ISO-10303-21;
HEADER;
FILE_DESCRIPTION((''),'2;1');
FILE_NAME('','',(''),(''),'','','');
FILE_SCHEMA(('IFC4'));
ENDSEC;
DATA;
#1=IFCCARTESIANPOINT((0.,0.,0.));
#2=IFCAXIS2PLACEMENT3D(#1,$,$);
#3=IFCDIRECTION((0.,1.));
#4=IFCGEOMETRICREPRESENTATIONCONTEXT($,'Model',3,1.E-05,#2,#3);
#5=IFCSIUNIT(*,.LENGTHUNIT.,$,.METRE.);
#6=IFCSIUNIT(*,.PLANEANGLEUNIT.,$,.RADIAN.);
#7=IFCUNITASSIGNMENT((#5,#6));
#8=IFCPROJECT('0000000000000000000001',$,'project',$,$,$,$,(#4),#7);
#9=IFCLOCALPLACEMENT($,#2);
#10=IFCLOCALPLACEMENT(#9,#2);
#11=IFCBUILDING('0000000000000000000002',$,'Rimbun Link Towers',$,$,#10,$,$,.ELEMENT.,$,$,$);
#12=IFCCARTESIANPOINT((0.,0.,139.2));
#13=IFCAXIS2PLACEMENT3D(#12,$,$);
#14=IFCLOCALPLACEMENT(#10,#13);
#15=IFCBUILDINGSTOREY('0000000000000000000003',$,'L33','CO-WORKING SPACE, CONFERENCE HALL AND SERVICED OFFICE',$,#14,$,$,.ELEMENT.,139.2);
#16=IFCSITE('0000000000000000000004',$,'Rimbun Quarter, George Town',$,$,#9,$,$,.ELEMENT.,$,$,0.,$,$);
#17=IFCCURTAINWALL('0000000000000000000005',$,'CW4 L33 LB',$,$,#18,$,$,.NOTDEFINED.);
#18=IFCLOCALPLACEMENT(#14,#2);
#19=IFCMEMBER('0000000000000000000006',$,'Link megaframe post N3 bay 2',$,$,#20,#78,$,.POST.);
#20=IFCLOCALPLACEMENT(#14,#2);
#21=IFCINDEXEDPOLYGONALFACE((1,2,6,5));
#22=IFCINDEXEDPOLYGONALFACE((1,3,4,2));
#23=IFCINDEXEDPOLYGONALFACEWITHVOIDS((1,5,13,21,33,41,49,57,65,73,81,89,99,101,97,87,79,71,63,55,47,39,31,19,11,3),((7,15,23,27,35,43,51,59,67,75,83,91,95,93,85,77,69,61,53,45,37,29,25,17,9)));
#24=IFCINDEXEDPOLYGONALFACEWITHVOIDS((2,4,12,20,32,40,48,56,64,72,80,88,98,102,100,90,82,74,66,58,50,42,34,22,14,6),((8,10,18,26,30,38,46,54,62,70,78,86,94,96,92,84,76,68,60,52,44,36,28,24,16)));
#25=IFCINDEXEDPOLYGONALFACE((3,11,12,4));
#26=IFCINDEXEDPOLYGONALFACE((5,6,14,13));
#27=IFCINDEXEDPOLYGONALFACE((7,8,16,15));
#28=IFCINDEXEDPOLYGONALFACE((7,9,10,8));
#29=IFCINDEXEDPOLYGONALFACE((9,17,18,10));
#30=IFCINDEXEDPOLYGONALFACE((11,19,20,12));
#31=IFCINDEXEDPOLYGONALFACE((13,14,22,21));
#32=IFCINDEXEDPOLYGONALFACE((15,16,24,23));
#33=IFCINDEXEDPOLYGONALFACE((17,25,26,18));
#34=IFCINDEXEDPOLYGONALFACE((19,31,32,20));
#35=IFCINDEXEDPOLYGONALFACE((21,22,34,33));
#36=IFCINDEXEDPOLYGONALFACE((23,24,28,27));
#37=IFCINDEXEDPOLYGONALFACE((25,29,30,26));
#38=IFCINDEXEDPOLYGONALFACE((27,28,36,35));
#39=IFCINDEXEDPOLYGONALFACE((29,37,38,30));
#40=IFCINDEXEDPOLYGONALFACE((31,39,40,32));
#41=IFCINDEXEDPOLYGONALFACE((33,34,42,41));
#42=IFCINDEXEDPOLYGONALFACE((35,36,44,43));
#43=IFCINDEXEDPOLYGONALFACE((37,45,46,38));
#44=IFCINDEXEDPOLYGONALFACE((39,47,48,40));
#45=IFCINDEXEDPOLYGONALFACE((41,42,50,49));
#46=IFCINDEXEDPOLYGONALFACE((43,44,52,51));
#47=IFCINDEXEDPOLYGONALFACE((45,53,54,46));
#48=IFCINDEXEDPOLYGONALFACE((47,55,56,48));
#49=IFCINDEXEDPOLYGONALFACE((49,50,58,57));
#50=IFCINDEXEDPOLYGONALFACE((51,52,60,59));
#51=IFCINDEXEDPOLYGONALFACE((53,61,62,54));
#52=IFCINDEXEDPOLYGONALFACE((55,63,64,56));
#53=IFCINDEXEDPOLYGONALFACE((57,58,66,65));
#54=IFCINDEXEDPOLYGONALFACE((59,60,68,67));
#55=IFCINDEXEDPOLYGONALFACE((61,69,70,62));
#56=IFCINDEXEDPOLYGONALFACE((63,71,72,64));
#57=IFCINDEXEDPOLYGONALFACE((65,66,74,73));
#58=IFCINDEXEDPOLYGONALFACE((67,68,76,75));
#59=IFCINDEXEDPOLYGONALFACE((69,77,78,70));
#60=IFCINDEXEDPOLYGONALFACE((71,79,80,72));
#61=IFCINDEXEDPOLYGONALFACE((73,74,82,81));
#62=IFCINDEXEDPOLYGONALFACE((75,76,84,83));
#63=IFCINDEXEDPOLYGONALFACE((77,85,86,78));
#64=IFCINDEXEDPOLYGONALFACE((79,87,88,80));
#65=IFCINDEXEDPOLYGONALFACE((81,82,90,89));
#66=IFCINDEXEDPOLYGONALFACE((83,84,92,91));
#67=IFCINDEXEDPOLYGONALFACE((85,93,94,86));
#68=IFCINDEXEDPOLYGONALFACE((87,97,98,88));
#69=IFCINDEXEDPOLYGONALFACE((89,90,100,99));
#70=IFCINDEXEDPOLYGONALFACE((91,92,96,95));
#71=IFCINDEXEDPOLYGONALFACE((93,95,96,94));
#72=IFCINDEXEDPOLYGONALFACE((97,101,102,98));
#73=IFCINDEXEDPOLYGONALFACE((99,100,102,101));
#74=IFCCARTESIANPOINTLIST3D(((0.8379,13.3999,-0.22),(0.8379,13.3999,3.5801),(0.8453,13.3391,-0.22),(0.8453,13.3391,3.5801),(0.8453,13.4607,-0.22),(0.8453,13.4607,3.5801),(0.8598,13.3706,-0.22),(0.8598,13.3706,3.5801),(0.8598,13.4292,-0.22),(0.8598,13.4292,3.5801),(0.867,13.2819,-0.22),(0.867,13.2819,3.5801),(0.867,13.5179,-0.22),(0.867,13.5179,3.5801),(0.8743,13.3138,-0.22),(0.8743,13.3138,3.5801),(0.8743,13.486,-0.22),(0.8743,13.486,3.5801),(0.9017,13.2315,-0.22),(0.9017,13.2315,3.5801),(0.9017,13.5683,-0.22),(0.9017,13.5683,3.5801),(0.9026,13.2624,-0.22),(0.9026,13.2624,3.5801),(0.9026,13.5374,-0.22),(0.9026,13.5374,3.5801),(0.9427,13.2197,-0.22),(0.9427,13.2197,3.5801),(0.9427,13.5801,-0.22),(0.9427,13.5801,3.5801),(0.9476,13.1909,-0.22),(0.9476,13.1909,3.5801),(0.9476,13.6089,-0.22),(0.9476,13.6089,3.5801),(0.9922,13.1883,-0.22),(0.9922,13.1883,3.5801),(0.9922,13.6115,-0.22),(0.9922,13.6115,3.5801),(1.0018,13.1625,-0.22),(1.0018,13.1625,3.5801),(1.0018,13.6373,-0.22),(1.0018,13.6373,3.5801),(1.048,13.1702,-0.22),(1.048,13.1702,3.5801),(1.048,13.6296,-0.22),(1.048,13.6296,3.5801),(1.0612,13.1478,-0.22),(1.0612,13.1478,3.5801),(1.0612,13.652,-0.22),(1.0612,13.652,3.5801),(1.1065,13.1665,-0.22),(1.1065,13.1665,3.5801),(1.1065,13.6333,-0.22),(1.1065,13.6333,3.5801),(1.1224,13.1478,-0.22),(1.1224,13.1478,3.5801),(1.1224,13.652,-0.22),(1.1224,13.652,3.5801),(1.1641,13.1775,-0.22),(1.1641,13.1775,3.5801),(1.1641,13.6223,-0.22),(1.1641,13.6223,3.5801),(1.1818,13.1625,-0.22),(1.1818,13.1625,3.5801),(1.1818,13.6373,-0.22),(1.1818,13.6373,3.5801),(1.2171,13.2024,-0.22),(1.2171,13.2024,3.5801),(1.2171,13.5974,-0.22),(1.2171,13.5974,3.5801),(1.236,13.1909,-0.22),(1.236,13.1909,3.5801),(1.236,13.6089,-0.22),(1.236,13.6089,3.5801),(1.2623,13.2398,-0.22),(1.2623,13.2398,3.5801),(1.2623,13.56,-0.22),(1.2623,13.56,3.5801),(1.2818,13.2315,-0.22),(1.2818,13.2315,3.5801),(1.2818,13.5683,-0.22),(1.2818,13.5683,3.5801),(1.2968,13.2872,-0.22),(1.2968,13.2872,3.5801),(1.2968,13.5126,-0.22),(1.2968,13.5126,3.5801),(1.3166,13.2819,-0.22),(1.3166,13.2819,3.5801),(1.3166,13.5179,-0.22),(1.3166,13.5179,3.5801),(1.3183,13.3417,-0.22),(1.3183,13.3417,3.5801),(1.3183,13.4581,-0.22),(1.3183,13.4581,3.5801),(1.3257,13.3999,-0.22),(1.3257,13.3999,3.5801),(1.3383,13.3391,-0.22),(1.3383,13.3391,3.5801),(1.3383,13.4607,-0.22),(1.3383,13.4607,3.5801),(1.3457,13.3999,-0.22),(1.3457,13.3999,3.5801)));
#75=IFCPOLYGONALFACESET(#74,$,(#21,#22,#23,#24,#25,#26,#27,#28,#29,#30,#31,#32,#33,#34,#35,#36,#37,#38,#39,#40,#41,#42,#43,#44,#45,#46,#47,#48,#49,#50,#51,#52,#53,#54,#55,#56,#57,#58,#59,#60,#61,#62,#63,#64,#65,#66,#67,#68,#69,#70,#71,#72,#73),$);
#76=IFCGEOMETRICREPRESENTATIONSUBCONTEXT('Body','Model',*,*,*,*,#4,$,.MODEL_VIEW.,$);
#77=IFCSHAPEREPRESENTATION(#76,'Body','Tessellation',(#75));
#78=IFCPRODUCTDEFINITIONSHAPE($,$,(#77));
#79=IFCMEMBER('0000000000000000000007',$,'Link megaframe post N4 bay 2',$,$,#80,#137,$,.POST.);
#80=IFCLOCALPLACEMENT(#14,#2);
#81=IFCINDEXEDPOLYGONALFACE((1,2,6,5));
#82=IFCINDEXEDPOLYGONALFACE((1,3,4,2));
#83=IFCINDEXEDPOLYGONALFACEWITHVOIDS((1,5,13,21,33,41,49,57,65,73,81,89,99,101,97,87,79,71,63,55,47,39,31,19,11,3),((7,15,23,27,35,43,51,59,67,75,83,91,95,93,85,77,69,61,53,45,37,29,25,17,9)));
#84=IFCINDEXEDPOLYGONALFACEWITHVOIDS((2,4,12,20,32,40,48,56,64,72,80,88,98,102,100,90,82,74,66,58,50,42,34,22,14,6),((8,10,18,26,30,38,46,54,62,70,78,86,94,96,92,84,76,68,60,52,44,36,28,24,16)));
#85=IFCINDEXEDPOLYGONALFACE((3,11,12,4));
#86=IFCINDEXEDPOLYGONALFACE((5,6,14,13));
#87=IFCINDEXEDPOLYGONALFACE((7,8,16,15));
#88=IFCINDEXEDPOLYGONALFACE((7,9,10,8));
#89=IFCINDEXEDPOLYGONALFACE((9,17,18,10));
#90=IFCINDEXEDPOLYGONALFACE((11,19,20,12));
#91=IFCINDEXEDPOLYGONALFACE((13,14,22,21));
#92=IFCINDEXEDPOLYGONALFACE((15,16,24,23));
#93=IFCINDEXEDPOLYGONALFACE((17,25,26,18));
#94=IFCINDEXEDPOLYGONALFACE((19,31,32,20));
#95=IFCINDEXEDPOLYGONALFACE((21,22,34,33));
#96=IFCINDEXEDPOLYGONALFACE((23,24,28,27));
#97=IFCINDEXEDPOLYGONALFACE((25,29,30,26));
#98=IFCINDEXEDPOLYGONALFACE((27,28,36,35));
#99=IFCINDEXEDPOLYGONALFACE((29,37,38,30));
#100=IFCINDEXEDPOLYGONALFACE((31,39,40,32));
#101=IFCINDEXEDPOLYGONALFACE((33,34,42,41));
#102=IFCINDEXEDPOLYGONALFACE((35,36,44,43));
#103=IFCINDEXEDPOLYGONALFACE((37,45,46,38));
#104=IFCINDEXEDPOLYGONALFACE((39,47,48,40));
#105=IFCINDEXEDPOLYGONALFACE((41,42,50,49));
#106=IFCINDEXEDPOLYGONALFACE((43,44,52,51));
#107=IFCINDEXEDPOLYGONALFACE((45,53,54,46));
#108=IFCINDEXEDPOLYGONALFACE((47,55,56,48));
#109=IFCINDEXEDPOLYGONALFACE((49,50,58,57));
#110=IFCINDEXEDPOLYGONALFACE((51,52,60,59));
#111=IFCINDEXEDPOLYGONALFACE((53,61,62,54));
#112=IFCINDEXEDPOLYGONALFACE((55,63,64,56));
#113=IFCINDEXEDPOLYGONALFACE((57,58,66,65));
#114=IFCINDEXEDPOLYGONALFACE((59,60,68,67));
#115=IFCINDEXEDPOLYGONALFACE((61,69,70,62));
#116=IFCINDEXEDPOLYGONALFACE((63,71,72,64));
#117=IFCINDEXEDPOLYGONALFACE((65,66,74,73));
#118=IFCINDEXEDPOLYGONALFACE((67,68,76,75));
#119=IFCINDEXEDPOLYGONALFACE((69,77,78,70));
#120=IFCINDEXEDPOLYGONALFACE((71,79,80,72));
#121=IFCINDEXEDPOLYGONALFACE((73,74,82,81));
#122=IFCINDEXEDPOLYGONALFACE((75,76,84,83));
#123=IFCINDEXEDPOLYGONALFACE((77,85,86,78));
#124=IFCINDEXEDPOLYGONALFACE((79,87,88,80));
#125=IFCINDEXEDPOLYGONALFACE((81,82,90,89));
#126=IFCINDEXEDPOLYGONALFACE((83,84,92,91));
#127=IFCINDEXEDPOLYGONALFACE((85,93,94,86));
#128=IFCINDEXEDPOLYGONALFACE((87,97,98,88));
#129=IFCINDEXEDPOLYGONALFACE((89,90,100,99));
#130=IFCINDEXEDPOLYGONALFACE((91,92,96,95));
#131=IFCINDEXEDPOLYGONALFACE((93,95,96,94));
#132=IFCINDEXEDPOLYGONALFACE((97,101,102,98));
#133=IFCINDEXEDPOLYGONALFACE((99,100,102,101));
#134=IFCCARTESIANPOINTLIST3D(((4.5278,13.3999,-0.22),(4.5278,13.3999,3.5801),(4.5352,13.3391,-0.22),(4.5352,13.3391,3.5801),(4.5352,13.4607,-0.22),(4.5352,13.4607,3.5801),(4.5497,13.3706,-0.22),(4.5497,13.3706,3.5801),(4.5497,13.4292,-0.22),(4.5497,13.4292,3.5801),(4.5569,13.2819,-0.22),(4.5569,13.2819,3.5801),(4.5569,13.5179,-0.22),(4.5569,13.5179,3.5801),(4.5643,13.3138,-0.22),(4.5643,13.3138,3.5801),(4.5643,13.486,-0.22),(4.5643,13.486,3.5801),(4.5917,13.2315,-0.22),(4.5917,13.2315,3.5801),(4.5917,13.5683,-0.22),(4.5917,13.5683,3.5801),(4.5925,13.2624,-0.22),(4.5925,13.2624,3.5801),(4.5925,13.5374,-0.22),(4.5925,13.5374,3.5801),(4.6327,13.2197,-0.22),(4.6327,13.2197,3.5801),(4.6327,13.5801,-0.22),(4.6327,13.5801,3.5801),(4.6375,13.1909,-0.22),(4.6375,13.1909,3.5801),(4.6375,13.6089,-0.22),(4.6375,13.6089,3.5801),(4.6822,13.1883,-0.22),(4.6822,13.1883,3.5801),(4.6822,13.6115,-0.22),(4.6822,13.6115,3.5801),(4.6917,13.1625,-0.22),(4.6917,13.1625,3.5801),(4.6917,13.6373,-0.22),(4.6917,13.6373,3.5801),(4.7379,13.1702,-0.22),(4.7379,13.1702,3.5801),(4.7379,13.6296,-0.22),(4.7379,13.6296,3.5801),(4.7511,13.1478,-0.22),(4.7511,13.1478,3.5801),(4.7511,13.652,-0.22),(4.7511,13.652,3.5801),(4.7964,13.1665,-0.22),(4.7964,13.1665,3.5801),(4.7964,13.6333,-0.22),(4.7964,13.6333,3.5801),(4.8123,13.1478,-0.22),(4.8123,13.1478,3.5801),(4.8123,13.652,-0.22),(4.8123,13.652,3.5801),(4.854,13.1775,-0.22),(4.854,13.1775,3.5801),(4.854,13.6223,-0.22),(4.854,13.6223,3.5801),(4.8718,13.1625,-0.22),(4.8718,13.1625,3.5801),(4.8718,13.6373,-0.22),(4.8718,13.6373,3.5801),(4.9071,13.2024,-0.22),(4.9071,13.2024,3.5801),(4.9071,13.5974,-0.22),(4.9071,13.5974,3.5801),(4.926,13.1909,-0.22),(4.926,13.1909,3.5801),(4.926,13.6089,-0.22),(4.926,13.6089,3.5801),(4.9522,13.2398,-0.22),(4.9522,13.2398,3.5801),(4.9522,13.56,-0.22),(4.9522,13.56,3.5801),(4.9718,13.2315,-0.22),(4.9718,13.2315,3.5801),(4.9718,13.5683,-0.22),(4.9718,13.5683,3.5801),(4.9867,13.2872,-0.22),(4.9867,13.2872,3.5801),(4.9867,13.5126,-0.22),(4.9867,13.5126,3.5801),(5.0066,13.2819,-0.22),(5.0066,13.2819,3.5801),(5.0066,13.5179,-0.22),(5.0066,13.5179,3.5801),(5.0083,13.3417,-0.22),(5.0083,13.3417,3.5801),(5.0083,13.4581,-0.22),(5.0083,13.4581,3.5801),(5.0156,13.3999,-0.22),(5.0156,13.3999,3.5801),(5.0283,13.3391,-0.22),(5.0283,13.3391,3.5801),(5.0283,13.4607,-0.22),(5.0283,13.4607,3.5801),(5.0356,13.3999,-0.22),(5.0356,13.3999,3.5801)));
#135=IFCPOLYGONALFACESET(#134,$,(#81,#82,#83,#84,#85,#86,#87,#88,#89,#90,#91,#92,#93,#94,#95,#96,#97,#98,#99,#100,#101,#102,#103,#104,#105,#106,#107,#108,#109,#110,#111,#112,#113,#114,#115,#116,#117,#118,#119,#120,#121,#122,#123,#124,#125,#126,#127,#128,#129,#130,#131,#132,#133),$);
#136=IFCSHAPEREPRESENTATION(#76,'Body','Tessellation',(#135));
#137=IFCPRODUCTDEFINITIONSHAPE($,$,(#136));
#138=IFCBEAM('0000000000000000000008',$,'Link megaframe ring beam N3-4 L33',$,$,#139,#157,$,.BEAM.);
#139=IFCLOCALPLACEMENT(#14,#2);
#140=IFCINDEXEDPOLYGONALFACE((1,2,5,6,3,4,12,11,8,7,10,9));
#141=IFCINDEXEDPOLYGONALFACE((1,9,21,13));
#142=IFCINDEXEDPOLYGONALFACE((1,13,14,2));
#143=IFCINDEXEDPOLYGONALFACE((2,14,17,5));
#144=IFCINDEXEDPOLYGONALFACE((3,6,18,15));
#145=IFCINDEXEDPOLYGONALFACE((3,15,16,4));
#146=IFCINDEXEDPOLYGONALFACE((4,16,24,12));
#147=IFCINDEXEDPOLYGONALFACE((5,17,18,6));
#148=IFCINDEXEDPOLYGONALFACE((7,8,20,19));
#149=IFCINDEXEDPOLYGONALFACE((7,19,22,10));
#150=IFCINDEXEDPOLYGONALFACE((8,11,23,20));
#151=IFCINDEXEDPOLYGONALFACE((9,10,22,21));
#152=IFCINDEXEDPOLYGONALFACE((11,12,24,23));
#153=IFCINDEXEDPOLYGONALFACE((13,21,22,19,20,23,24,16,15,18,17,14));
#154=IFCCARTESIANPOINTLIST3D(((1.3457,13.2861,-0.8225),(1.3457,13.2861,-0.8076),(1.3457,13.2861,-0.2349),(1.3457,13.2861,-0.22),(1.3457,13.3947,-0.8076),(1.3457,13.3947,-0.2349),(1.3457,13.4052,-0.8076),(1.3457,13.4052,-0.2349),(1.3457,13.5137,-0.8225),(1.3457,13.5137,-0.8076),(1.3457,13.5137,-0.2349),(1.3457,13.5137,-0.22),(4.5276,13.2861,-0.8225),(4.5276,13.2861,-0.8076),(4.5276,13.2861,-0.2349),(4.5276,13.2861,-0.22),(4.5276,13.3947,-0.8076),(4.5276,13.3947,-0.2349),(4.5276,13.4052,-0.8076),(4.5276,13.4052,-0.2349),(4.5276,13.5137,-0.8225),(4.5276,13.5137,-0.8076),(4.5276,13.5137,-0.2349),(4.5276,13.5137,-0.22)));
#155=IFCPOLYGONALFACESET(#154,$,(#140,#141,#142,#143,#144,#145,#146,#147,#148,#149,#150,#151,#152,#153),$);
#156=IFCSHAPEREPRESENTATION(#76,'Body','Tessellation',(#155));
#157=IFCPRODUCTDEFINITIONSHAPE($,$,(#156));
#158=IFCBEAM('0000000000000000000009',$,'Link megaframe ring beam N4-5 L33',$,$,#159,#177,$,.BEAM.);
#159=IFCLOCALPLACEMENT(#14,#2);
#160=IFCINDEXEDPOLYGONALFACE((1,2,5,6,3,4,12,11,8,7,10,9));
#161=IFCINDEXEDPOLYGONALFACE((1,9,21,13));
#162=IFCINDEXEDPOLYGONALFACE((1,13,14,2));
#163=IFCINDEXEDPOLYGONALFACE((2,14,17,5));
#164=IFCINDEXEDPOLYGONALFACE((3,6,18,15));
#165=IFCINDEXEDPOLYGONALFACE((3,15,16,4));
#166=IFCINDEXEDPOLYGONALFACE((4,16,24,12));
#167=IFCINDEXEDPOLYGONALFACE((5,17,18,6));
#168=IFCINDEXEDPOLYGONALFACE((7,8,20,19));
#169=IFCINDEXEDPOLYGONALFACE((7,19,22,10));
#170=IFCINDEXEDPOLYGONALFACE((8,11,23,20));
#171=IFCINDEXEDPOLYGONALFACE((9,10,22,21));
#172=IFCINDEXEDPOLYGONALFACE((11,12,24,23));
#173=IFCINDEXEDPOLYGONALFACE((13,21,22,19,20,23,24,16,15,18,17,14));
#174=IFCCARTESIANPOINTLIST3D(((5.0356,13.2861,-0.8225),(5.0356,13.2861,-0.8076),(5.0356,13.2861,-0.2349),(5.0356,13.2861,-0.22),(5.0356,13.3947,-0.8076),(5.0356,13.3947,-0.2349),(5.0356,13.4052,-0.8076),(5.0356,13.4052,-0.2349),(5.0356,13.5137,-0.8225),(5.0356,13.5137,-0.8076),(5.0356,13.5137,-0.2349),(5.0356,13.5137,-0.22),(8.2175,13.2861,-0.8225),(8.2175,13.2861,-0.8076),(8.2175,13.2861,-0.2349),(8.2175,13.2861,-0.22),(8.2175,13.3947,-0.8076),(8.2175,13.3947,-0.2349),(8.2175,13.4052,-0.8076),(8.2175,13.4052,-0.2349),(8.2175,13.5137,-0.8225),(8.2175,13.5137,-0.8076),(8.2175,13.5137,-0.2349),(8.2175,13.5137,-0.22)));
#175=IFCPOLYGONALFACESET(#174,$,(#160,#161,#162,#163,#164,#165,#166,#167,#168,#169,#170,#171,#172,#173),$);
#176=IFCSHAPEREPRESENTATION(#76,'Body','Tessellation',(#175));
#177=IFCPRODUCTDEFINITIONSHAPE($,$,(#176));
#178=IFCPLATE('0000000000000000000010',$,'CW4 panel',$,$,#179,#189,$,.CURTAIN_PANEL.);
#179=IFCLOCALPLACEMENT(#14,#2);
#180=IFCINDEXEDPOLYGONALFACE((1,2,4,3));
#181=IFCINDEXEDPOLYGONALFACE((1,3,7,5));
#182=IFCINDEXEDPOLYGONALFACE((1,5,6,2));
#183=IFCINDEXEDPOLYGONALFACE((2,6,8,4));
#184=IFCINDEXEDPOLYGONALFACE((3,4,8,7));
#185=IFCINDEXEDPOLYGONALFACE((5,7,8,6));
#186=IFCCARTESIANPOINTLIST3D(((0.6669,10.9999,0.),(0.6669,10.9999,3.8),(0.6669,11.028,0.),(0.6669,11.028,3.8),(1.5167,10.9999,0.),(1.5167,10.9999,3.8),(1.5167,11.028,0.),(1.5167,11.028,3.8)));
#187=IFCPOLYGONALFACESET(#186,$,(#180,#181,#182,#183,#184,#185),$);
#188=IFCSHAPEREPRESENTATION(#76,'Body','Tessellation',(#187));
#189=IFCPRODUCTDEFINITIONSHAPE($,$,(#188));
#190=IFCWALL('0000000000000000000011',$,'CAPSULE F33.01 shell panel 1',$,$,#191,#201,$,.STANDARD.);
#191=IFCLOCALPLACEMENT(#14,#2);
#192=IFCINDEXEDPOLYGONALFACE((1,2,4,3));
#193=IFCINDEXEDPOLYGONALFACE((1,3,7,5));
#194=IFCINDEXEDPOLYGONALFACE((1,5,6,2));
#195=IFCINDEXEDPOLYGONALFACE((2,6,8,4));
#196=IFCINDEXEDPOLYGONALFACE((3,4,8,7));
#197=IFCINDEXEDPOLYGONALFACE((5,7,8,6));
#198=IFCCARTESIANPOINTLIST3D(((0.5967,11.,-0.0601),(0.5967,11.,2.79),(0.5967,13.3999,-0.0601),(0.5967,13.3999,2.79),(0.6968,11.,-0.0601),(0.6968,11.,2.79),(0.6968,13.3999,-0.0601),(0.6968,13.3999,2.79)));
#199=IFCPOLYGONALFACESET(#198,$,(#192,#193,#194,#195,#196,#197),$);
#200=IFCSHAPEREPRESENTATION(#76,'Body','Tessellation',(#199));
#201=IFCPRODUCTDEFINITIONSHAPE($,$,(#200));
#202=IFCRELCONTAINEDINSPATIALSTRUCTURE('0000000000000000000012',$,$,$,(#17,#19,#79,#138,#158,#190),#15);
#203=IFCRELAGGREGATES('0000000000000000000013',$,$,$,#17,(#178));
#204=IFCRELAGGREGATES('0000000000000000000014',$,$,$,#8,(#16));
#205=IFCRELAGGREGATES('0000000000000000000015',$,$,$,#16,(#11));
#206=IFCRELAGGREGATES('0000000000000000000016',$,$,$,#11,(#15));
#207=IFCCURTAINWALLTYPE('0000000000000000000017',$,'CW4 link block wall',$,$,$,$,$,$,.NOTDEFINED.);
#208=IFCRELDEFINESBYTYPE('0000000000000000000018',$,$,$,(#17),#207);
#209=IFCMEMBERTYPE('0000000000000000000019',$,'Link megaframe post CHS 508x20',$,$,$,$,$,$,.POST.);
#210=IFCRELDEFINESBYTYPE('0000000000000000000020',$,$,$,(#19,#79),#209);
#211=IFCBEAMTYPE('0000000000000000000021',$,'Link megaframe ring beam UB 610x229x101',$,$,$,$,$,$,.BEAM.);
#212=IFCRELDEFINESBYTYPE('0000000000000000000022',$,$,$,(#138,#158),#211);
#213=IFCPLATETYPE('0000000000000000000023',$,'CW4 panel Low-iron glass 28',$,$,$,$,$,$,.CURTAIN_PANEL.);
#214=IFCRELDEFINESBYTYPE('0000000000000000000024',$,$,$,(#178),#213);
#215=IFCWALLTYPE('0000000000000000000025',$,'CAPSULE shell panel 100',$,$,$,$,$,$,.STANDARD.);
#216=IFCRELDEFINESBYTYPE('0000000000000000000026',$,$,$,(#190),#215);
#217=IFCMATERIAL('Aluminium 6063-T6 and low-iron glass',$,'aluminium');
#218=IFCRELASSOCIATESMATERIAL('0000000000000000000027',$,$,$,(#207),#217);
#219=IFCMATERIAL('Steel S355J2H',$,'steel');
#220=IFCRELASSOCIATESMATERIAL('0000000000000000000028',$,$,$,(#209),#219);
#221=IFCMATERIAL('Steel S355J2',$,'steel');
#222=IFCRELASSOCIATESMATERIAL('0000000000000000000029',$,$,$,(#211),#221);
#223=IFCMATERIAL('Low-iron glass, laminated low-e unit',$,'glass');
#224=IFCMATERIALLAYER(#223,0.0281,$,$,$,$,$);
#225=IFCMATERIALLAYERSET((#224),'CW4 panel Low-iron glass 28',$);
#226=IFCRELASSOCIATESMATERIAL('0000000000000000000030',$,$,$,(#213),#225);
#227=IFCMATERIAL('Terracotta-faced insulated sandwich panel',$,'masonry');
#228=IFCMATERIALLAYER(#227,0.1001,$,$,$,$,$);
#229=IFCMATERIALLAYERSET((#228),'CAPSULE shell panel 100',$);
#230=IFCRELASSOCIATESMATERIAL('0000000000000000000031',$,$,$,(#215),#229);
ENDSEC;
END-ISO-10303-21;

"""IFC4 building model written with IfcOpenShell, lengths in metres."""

from ifc_helpers import new_model, si_unit, direction, frame, frame_2d, origin, origin_2d, place, context, subcontext, project, spatial, rectangle, hollow_circle, i_section, extrude, material, layer, layer_set, material_profile, profile_set, type_object, element, aggregate, save


model = new_model("IFC4")

# Units and contexts
model_context = context("Model", 3, precision=1e-05, world=origin(), true_north=direction((0.0, 1.0)))
body_context = subcontext(model_context, "Body", "Model", "MODEL_VIEW")
ifc_project = project(units=[si_unit("LENGTHUNIT", "METRE"), si_unit("PLANEANGLEUNIT", "RADIAN")], contexts=[model_context])

# Site, building, storey
site_placement = place(None, origin())
site = spatial("IfcSite", under=ifc_project, at=site_placement, Name="Rimbun Quarter, George Town", CompositionType="ELEMENT", RefElevation=0.0)
building_placement = place(site_placement, origin())
building = spatial("IfcBuilding", under=site, at=building_placement, Name="Rimbun Link Towers", CompositionType="ELEMENT")
storey_placement = place(building_placement, frame((0.0, 0.0, 139.2)))
storey = spatial("IfcBuildingStorey", under=building, at=storey_placement, Name="L33", Description="CO-WORKING SPACE, CONFERENCE HALL AND SERVICED OFFICE", CompositionType="ELEMENT", Elevation=139.2)

# Curtain wall
ifc_material_1 = material(Name="Aluminium 6063-T6 and low-iron glass", Category="aluminium")
curtain_wall_type = type_object("IfcCurtainWallType", Name="CW4 link block wall", PredefinedType="NOTDEFINED", material=ifc_material_1)
curtain_wall_placement = place(storey_placement, origin())
curtain_wall = element("IfcCurtainWall", 1, at=curtain_wall_placement, inside=storey, type_object=curtain_wall_type, Name="CW4 L33 LB", PredefinedType="NOTDEFINED")

# Members
ifc_material_2 = material(Name="Steel S355J2H", Category="steel")
ifc_material_profile_1 = material_profile(ifc_material_2, hollow_circle(Radius=0.2539, WallThickness=0.02, at=origin_2d()), Name="CHS 508x20")
ifc_profile_set_1 = profile_set([ifc_material_profile_1], Name="Steel S355J2H")
member_type_1 = type_object("IfcMemberType", Name="Link megaframe post CHS 508x20", PredefinedType="POST", material=ifc_profile_set_1)
for number, where, z_axis, x_axis, name in (
    (2, (1.0918, 13.3999, -0.22), (0.0, 0.0, 1.0), (1.0, 0.0, 0.0), "Link megaframe post N3 bay 2"),
    (3, (4.7817, 13.3999, -0.22), (0.0, 0.0, 1.0), (1.0, 0.0, 0.0), "Link megaframe post N4 bay 2"),
):
    element("IfcMember", number, at=place(storey_placement, frame(where, z_axis=z_axis, x_axis=x_axis)), inside=storey, type_object=member_type_1, Name=name, PredefinedType="POST", context=body_context, shape_type="SweptSolid", body=[
        extrude(hollow_circle(Radius=0.2539, WallThickness=0.02, at=origin_2d()), origin(), (0.0, 0.0, 1.0), 3.8),
    ])

# Beams
ifc_material_3 = material(Name="Steel S355J2", Category="steel")
ifc_material_profile_2 = material_profile(ifc_material_3, i_section(OverallWidth=0.2275, OverallDepth=0.6025, WebThickness=0.0105, FlangeThickness=0.0149, at=origin_2d()), Name="UB 610x229x101")
ifc_profile_set_2 = profile_set([ifc_material_profile_2], Name="Steel S355J2")
beam_type_1 = type_object("IfcBeamType", Name="Link megaframe ring beam UB 610x229x101", PredefinedType="BEAM", material=ifc_profile_set_2)
for number, where, z_axis, x_axis, name in (
    (4, (1.3457, 13.3999, -0.5212), (1.0, 0.0, 0.0), (0.0, 1.0, 0.0), "Link megaframe ring beam N3-4 L33"),
    (5, (5.0356, 13.3999, -0.5212), (1.0, 0.0, 0.0), (0.0, 1.0, 0.0), "Link megaframe ring beam N4-5 L33"),
):
    element("IfcBeam", number, at=place(storey_placement, frame(where, z_axis=z_axis, x_axis=x_axis)), inside=storey, type_object=beam_type_1, Name=name, PredefinedType="BEAM", context=body_context, shape_type="SweptSolid", body=[
        extrude(i_section(OverallWidth=0.2275, OverallDepth=0.6025, WebThickness=0.0105, FlangeThickness=0.0149, at=origin_2d()), origin(), (0.0, 0.0, 1.0), 3.1819),
    ])

# Plate
ifc_material_4 = material(Name="Low-iron glass, laminated low-e unit", Category="glass")
ifc_layer_1 = layer(ifc_material_4, 0.0281)
ifc_layer_set_1 = layer_set([ifc_layer_1], Name="CW4 panel Low-iron glass 28")
plate_type = type_object("IfcPlateType", Name="CW4 panel Low-iron glass 28", PredefinedType="CURTAIN_PANEL", material=ifc_layer_set_1)
plate_placement = place(storey_placement, frame((1.0918, 11.0139, 0.0), z_axis=(0.0, 0.0, 1.0), x_axis=(1.0, 0.0, 0.0)))
plate = element("IfcPlate", 6, at=plate_placement, type_object=plate_type, Name="CW4 panel", PredefinedType="CURTAIN_PANEL", context=body_context, shape_type="SweptSolid", body=[
    extrude(rectangle(XDim=0.8499, YDim=0.0281, at=origin_2d()), origin(), (0.0, 0.0, 1.0), 3.8),
])
aggregate(curtain_wall, [plate])

# Wall
ifc_material_5 = material(Name="Terracotta-faced insulated sandwich panel", Category="masonry")
ifc_layer_2 = layer(ifc_material_5, 0.1001)
ifc_layer_set_2 = layer_set([ifc_layer_2], Name="CAPSULE shell panel 100")
wall_type = type_object("IfcWallType", Name="CAPSULE shell panel 100", PredefinedType="STANDARD", material=ifc_layer_set_2)
wall_1_placement = place(storey_placement, frame((0.6467, 11.0, -0.0601), z_axis=(0.0, 0.0, 1.0), x_axis=(0.0, 1.0, 0.0)))
element("IfcWall", 7, at=wall_1_placement, inside=storey, type_object=wall_type, Name="CAPSULE F33.01 shell panel 1", PredefinedType="STANDARD", context=body_context, shape_type="SweptSolid", body=[
    extrude(rectangle(XDim=2.3999, YDim=0.1001, at=frame_2d((1.2, 0.0))), origin(), (0.0, 0.0, 1.0), 2.8501),
])

save(model, "model.ifc")
